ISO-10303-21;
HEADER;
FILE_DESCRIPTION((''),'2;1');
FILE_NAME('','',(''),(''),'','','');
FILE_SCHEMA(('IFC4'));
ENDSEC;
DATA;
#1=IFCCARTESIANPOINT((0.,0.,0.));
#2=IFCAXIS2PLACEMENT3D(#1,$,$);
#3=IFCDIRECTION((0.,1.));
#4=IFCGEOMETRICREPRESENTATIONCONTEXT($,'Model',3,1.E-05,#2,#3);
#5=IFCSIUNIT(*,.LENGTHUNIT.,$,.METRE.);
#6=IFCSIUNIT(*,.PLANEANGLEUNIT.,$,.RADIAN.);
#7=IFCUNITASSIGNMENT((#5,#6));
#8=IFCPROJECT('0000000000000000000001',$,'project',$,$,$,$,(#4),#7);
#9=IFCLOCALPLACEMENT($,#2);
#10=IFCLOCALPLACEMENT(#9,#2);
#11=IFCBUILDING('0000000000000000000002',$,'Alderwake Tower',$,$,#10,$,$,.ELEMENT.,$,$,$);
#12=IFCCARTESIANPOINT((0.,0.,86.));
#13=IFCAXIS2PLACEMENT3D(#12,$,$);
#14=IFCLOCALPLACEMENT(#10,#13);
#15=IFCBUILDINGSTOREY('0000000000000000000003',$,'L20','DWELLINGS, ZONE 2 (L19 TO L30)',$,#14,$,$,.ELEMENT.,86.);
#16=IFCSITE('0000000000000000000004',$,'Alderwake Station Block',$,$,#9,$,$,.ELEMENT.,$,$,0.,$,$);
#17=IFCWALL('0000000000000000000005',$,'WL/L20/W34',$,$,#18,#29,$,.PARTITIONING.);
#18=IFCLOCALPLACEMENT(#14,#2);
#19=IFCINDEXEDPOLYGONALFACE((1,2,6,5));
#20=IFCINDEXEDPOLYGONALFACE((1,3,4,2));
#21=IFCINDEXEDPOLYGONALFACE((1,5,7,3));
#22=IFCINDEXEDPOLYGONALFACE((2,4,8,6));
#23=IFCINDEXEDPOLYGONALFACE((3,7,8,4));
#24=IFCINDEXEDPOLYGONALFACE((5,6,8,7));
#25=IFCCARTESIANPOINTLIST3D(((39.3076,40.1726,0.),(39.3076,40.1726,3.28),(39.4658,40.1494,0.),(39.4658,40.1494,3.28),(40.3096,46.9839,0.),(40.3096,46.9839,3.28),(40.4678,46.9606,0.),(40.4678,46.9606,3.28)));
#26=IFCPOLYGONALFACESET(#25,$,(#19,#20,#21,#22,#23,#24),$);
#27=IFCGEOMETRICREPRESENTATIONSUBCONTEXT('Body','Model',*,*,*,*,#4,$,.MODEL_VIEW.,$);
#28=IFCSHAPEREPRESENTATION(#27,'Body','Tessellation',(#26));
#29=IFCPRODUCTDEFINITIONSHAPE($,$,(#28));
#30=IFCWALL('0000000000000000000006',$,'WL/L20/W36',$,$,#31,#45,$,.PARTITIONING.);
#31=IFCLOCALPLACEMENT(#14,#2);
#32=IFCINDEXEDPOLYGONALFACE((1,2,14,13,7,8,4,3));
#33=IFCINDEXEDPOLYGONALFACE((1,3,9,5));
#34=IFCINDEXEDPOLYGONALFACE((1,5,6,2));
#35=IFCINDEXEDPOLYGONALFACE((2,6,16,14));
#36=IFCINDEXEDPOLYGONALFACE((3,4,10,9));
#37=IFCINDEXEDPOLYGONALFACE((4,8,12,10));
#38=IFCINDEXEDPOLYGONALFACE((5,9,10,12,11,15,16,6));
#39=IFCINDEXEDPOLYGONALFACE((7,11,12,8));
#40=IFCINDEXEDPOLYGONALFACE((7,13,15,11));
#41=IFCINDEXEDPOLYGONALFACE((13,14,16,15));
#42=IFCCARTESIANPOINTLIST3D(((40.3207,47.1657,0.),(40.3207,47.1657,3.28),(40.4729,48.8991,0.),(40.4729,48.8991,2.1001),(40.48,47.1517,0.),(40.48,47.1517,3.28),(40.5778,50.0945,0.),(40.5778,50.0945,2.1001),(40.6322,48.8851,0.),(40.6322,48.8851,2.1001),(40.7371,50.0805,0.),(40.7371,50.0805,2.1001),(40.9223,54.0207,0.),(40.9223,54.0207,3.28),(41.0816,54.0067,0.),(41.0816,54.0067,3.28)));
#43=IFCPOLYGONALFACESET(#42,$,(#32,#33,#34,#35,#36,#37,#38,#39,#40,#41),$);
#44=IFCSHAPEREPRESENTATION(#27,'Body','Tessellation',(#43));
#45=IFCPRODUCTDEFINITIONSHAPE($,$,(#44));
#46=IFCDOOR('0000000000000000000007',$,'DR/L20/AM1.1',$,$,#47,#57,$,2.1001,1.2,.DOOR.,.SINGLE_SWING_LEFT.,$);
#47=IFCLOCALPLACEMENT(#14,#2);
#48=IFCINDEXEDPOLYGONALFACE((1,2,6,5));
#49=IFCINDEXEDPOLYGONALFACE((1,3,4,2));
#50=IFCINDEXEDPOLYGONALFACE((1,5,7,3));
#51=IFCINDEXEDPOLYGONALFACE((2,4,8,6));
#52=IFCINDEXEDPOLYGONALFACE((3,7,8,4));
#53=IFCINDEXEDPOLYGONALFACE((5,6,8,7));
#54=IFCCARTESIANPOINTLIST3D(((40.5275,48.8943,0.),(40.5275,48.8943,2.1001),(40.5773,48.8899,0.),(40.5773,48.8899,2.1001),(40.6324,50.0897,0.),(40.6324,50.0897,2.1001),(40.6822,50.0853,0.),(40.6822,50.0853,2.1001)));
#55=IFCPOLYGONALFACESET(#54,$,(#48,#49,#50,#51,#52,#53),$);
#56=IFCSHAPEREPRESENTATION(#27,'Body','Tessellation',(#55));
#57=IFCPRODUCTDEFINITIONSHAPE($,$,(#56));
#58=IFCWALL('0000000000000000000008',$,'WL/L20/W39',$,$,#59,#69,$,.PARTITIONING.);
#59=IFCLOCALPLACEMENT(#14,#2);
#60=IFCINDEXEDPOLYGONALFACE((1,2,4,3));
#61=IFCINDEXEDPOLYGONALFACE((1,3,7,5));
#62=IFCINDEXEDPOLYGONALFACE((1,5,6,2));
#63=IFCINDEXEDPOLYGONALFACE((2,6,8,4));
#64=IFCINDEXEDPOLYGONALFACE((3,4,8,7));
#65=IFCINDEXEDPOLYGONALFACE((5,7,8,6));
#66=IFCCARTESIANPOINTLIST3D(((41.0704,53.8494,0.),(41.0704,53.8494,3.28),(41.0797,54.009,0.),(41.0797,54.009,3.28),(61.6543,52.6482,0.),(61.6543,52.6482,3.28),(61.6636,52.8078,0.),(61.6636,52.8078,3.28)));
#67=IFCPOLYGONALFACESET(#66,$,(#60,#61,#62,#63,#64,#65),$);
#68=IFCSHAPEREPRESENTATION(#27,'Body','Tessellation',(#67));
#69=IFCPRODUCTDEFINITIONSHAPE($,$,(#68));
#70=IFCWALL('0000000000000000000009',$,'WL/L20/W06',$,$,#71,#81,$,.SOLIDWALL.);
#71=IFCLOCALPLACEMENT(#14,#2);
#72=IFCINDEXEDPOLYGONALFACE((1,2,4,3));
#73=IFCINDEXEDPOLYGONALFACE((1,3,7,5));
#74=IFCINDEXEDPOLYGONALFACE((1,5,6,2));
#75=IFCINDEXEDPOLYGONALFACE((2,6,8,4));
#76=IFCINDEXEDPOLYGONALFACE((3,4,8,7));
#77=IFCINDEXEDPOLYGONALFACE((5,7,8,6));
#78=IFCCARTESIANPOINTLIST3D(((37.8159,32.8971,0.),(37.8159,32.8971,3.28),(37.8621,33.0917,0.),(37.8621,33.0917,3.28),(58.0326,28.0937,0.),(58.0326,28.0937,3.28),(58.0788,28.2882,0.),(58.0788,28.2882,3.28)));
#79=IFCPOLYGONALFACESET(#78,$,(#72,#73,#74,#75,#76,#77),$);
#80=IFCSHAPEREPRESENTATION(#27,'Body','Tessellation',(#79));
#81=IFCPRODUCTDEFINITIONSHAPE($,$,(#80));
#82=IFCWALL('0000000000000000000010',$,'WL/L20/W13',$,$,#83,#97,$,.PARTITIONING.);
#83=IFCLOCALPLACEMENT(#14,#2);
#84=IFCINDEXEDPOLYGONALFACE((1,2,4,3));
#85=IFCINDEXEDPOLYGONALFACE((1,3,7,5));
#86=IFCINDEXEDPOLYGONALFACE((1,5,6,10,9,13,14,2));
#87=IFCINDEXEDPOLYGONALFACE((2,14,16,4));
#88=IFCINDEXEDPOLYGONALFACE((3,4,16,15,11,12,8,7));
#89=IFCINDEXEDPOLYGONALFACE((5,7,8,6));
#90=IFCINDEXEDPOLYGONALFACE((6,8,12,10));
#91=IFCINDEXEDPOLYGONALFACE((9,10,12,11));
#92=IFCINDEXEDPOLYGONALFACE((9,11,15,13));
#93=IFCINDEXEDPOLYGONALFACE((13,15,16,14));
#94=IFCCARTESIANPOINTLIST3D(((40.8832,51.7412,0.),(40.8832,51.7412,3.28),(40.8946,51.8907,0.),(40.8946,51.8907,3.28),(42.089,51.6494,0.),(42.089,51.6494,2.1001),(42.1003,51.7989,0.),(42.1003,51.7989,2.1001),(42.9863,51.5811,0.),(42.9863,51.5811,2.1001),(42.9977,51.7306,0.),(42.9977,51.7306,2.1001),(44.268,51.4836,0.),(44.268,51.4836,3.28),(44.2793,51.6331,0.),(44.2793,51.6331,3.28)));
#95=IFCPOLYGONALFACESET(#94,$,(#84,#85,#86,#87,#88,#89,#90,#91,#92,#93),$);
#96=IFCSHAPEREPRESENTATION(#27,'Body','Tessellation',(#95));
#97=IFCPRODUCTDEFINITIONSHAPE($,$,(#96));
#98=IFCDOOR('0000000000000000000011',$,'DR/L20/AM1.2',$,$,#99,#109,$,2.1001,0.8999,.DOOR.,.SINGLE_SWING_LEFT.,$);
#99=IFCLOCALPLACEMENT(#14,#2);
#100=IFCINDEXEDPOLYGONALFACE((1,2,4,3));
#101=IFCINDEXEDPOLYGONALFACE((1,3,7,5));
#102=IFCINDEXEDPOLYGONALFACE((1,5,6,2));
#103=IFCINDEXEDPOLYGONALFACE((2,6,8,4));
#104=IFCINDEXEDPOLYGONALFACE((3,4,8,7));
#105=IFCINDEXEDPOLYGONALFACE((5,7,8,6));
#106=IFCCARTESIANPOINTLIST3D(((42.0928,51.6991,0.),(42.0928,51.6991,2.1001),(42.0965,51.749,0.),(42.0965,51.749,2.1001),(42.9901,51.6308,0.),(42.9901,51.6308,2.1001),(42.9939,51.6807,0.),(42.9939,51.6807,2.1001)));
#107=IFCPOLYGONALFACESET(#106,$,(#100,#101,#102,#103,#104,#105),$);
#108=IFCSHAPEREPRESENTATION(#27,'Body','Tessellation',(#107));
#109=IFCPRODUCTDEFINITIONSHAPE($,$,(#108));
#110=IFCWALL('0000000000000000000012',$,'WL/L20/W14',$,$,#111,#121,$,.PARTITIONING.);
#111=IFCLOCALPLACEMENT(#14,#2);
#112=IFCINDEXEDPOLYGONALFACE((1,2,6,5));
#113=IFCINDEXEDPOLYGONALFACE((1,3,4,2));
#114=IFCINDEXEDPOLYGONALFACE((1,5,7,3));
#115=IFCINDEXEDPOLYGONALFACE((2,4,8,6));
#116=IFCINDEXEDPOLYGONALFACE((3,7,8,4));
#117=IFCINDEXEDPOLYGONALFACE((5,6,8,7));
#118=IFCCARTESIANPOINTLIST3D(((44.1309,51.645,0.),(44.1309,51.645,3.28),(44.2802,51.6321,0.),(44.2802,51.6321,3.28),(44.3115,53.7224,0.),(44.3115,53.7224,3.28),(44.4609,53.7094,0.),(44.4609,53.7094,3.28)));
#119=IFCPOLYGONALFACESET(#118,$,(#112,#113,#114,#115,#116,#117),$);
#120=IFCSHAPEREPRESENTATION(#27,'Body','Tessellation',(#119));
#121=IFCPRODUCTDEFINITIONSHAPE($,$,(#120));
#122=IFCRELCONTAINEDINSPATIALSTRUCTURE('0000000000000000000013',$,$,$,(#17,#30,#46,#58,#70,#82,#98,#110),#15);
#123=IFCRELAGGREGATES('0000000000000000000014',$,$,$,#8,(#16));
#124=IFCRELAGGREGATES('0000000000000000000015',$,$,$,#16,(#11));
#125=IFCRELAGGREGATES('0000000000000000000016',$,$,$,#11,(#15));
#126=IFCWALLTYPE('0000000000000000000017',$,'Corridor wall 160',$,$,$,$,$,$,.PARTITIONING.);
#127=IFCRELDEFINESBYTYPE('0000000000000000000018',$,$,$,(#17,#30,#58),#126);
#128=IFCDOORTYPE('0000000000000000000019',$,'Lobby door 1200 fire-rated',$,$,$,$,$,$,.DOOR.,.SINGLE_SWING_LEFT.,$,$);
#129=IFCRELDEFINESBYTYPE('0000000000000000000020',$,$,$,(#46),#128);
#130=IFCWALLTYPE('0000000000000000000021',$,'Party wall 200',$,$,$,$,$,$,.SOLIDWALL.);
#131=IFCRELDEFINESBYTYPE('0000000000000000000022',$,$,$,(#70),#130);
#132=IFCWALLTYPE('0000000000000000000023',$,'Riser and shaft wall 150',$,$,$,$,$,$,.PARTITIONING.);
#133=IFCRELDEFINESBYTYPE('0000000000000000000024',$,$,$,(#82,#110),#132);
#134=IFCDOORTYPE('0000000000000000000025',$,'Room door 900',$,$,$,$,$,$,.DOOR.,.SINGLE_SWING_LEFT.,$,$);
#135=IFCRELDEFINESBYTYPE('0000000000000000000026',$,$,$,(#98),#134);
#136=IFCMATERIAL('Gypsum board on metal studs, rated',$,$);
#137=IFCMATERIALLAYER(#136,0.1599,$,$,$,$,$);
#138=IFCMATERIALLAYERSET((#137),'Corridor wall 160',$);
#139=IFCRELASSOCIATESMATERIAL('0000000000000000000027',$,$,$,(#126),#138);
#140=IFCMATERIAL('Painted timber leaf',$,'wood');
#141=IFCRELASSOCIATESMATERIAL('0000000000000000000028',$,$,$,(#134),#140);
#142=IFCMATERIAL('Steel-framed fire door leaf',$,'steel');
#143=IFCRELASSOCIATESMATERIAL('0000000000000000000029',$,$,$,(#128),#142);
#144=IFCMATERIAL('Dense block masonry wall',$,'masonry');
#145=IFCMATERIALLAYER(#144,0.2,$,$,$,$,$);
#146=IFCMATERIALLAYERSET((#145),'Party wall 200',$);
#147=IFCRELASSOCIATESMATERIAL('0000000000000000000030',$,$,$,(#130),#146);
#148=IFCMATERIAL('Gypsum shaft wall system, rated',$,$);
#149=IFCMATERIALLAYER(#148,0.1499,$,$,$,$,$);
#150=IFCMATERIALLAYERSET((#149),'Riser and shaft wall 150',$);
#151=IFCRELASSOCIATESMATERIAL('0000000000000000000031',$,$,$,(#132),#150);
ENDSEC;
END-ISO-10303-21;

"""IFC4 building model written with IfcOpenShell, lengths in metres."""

from ifc_helpers import new_model, si_unit, direction, frame, frame_2d, origin, place, context, subcontext, project, spatial, rectangle, extrude, material, layer, layer_set, type_object, element, fill, save


model = new_model("IFC4")

# Units and contexts
model_context = context("Model", 3, precision=1e-05, world=origin(), true_north=direction((0.0, 1.0)))
body_context = subcontext(model_context, "Body", "Model", "MODEL_VIEW")
ifc_project = project(units=[si_unit("LENGTHUNIT", "METRE"), si_unit("PLANEANGLEUNIT", "RADIAN")], contexts=[model_context])

# Site, building, storey
site_placement = place(None, origin())
site = spatial("IfcSite", under=ifc_project, at=site_placement, Name="Alderwake Station Block", CompositionType="ELEMENT", RefElevation=0.0)
building_placement = place(site_placement, origin())
building = spatial("IfcBuilding", under=site, at=building_placement, Name="Alderwake Tower", CompositionType="ELEMENT")
storey_placement = place(building_placement, frame((0.0, 0.0, 86.0)))
storey = spatial("IfcBuildingStorey", under=building, at=storey_placement, Name="L20", Description="DWELLINGS, ZONE 2 (L19 TO L30)", CompositionType="ELEMENT", Elevation=86.0)

# Shared definitions
ifc_material_1 = material(Name="Gypsum board on metal studs, rated")
ifc_layer_1 = layer(ifc_material_1, 0.1599)
ifc_layer_set_1 = layer_set([ifc_layer_1], Name="Corridor wall 160")
wall_type_1 = type_object("IfcWallType", Name="Corridor wall 160", PredefinedType="PARTITIONING", material=ifc_layer_set_1)
ifc_material_2 = material(Name="Painted timber leaf", Category="wood")
door_type_1 = type_object("IfcDoorType", Name="Room door 900", OperationType="SINGLE_SWING_LEFT", PredefinedType="DOOR", material=ifc_material_2)

# Wall
wall_1_placement = place(storey_placement, frame((39.3867, 40.1609, 0.0), z_axis=(0.0, 0.0, 1.0), x_axis=(0.145536, 0.989353, 0.0)))
element("IfcWall", 1, at=wall_1_placement, inside=storey, type_object=wall_type_1, Name="WL/L20/W34", PredefinedType="PARTITIONING", context=body_context, shape_type="SweptSolid", body=[
    extrude(rectangle(XDim=6.8845, YDim=0.1599, at=frame_2d((3.4424, 0.0))), origin(), (0.0, 0.0, 1.0), 3.28),
])

# Wall, opening, door
wall_2_placement = place(storey_placement, frame((41.002, 54.0137, 0.0), z_axis=(0.0, 0.0, 1.0), x_axis=(-0.08742, -0.996172, 0.0)))
wall_2 = element("IfcWall", 2, at=wall_2_placement, inside=storey, type_object=wall_type_1, Name="WL/L20/W36", PredefinedType="PARTITIONING", context=body_context, shape_type="SweptSolid", body=[
    extrude(rectangle(XDim=6.8813, YDim=0.1599, at=frame_2d((3.4407, 0.0))), origin(), (0.0, 0.0, 1.0), 3.28),
])
opening_1_placement = place(wall_2_placement, frame((3.9412, 0.0, 0.0)))
opening_1 = element("IfcOpeningElement", 3, at=opening_1_placement, cuts=wall_2, PredefinedType="OPENING", context=body_context, shape_type="SweptSolid", body=[
    extrude(rectangle(XDim=1.2, YDim=2.1001, at=frame_2d((0.6001, 1.05))), frame((0.0, 0.0898, 0.0), z_axis=(0.0, -1.0, 0.0), x_axis=(1.0, 0.0, 0.0)), (0.0, 0.0, 1.0), 0.1799),
])
ifc_material_3 = material(Name="Steel-framed fire door leaf", Category="steel")
door_type_2 = type_object("IfcDoorType", Name="Lobby door 1200 fire-rated", OperationType="SINGLE_SWING_LEFT", PredefinedType="DOOR", material=ifc_material_3)
door_1_placement = place(opening_1_placement, origin())
door_1 = element("IfcDoor", 4, at=door_1_placement, inside=storey, type_object=door_type_2, Name="DR/L20/AM1.1", OperationType="SINGLE_SWING_LEFT", OverallHeight=2.1001, OverallWidth=1.2, PredefinedType="DOOR", context=body_context, shape_type="SweptSolid", body=[
    extrude(rectangle(XDim=1.2, YDim=2.1001, at=frame_2d((0.6001, 1.05))), frame((0.0, 0.0249, 0.0), z_axis=(0.0, -1.0, 0.0), x_axis=(1.0, 0.0, 0.0)), (0.0, 0.0, 1.0), 0.05),
])
fill(opening_1, door_1)

# Walls
wall_3_placement = place(storey_placement, frame((41.075, 53.9292, 0.0), z_axis=(0.0, 0.0, 1.0), x_axis=(0.998302, -0.058256, 0.0)))
element("IfcWall", 5, at=wall_3_placement, inside=storey, type_object=wall_type_1, Name="WL/L20/W39", PredefinedType="PARTITIONING", context=body_context, shape_type="SweptSolid", body=[
    extrude(rectangle(XDim=20.6189, YDim=0.1599, at=frame_2d((10.3096, 0.0))), origin(), (0.0, 0.0, 1.0), 3.28),
])
ifc_material_4 = material(Name="Dense block masonry wall", Category="masonry")
ifc_layer_2 = layer(ifc_material_4, 0.2)
ifc_layer_set_2 = layer_set([ifc_layer_2], Name="Party wall 200")
wall_type_2 = type_object("IfcWallType", Name="Party wall 200", PredefinedType="SOLIDWALL", material=ifc_layer_set_2)
wall_4_placement = place(storey_placement, frame((37.8391, 32.9944, 0.0), z_axis=(0.0, 0.0, 1.0), x_axis=(0.972915, -0.231163, 0.0)))
element("IfcWall", 6, at=wall_4_placement, inside=storey, type_object=wall_type_2, Name="WL/L20/W06", PredefinedType="SOLIDWALL", context=body_context, shape_type="SweptSolid", body=[
    extrude(rectangle(XDim=20.7795, YDim=0.2, at=frame_2d((10.3896, 0.0))), origin(), (0.0, 0.0, 1.0), 3.28),
])

# Wall, opening, door
ifc_material_5 = material(Name="Gypsum shaft wall system, rated")
ifc_layer_3 = layer(ifc_material_5, 0.1499)
ifc_layer_set_3 = layer_set([ifc_layer_3], Name="Riser and shaft wall 150")
wall_type_3 = type_object("IfcWallType", Name="Riser and shaft wall 150", PredefinedType="PARTITIONING", material=ifc_layer_set_3)
wall_5_placement = place(storey_placement, frame((40.8889, 51.8159, 0.0), z_axis=(0.0, 0.0, 1.0), x_axis=(0.997117, -0.075877, 0.0)))
wall_5 = element("IfcWall", 7, at=wall_5_placement, inside=storey, type_object=wall_type_3, Name="WL/L20/W13", PredefinedType="PARTITIONING", context=body_context, shape_type="SweptSolid", body=[
    extrude(rectangle(XDim=3.3945, YDim=0.1499, at=frame_2d((1.6973, 0.0))), origin(), (0.0, 0.0, 1.0), 3.28),
])
opening_2_placement = place(wall_5_placement, frame((1.2092, 0.0, 0.0)))
opening_2 = element("IfcOpeningElement", 8, at=opening_2_placement, cuts=wall_5, PredefinedType="OPENING", context=body_context, shape_type="SweptSolid", body=[
    extrude(rectangle(XDim=0.8999, YDim=2.1001, at=frame_2d((0.45, 1.05))), frame((0.0, 0.085, 0.0), z_axis=(0.0, -1.0, 0.0), x_axis=(1.0, 0.0, 0.0)), (0.0, 0.0, 1.0), 0.1699),
])
door_2_placement = place(opening_2_placement, origin())
door_2 = element("IfcDoor", 9, at=door_2_placement, inside=storey, type_object=door_type_1, Name="DR/L20/AM1.2", OperationType="SINGLE_SWING_LEFT", OverallHeight=2.1001, OverallWidth=0.8999, PredefinedType="DOOR", context=body_context, shape_type="SweptSolid", body=[
    extrude(rectangle(XDim=0.8999, YDim=2.1001, at=frame_2d((0.45, 1.05))), frame((0.0, 0.0249, 0.0), z_axis=(0.0, -1.0, 0.0), x_axis=(1.0, 0.0, 0.0)), (0.0, 0.0, 1.0), 0.05),
])
fill(opening_2, door_2)

# Wall
wall_6_placement = place(storey_placement, frame((44.2056, 51.6387, 0.0), z_axis=(0.0, 0.0, 1.0), x_axis=(0.08664, 0.99624, 0.0)))
element("IfcWall", 10, at=wall_6_placement, inside=storey, type_object=wall_type_3, Name="WL/L20/W14", PredefinedType="PARTITIONING", context=body_context, shape_type="SweptSolid", body=[
    extrude(rectangle(XDim=2.0852, YDim=0.1499, at=frame_2d((1.0425, 0.0))), origin(), (0.0, 0.0, 1.0), 3.28),
])

save(model, "model.ifc")
